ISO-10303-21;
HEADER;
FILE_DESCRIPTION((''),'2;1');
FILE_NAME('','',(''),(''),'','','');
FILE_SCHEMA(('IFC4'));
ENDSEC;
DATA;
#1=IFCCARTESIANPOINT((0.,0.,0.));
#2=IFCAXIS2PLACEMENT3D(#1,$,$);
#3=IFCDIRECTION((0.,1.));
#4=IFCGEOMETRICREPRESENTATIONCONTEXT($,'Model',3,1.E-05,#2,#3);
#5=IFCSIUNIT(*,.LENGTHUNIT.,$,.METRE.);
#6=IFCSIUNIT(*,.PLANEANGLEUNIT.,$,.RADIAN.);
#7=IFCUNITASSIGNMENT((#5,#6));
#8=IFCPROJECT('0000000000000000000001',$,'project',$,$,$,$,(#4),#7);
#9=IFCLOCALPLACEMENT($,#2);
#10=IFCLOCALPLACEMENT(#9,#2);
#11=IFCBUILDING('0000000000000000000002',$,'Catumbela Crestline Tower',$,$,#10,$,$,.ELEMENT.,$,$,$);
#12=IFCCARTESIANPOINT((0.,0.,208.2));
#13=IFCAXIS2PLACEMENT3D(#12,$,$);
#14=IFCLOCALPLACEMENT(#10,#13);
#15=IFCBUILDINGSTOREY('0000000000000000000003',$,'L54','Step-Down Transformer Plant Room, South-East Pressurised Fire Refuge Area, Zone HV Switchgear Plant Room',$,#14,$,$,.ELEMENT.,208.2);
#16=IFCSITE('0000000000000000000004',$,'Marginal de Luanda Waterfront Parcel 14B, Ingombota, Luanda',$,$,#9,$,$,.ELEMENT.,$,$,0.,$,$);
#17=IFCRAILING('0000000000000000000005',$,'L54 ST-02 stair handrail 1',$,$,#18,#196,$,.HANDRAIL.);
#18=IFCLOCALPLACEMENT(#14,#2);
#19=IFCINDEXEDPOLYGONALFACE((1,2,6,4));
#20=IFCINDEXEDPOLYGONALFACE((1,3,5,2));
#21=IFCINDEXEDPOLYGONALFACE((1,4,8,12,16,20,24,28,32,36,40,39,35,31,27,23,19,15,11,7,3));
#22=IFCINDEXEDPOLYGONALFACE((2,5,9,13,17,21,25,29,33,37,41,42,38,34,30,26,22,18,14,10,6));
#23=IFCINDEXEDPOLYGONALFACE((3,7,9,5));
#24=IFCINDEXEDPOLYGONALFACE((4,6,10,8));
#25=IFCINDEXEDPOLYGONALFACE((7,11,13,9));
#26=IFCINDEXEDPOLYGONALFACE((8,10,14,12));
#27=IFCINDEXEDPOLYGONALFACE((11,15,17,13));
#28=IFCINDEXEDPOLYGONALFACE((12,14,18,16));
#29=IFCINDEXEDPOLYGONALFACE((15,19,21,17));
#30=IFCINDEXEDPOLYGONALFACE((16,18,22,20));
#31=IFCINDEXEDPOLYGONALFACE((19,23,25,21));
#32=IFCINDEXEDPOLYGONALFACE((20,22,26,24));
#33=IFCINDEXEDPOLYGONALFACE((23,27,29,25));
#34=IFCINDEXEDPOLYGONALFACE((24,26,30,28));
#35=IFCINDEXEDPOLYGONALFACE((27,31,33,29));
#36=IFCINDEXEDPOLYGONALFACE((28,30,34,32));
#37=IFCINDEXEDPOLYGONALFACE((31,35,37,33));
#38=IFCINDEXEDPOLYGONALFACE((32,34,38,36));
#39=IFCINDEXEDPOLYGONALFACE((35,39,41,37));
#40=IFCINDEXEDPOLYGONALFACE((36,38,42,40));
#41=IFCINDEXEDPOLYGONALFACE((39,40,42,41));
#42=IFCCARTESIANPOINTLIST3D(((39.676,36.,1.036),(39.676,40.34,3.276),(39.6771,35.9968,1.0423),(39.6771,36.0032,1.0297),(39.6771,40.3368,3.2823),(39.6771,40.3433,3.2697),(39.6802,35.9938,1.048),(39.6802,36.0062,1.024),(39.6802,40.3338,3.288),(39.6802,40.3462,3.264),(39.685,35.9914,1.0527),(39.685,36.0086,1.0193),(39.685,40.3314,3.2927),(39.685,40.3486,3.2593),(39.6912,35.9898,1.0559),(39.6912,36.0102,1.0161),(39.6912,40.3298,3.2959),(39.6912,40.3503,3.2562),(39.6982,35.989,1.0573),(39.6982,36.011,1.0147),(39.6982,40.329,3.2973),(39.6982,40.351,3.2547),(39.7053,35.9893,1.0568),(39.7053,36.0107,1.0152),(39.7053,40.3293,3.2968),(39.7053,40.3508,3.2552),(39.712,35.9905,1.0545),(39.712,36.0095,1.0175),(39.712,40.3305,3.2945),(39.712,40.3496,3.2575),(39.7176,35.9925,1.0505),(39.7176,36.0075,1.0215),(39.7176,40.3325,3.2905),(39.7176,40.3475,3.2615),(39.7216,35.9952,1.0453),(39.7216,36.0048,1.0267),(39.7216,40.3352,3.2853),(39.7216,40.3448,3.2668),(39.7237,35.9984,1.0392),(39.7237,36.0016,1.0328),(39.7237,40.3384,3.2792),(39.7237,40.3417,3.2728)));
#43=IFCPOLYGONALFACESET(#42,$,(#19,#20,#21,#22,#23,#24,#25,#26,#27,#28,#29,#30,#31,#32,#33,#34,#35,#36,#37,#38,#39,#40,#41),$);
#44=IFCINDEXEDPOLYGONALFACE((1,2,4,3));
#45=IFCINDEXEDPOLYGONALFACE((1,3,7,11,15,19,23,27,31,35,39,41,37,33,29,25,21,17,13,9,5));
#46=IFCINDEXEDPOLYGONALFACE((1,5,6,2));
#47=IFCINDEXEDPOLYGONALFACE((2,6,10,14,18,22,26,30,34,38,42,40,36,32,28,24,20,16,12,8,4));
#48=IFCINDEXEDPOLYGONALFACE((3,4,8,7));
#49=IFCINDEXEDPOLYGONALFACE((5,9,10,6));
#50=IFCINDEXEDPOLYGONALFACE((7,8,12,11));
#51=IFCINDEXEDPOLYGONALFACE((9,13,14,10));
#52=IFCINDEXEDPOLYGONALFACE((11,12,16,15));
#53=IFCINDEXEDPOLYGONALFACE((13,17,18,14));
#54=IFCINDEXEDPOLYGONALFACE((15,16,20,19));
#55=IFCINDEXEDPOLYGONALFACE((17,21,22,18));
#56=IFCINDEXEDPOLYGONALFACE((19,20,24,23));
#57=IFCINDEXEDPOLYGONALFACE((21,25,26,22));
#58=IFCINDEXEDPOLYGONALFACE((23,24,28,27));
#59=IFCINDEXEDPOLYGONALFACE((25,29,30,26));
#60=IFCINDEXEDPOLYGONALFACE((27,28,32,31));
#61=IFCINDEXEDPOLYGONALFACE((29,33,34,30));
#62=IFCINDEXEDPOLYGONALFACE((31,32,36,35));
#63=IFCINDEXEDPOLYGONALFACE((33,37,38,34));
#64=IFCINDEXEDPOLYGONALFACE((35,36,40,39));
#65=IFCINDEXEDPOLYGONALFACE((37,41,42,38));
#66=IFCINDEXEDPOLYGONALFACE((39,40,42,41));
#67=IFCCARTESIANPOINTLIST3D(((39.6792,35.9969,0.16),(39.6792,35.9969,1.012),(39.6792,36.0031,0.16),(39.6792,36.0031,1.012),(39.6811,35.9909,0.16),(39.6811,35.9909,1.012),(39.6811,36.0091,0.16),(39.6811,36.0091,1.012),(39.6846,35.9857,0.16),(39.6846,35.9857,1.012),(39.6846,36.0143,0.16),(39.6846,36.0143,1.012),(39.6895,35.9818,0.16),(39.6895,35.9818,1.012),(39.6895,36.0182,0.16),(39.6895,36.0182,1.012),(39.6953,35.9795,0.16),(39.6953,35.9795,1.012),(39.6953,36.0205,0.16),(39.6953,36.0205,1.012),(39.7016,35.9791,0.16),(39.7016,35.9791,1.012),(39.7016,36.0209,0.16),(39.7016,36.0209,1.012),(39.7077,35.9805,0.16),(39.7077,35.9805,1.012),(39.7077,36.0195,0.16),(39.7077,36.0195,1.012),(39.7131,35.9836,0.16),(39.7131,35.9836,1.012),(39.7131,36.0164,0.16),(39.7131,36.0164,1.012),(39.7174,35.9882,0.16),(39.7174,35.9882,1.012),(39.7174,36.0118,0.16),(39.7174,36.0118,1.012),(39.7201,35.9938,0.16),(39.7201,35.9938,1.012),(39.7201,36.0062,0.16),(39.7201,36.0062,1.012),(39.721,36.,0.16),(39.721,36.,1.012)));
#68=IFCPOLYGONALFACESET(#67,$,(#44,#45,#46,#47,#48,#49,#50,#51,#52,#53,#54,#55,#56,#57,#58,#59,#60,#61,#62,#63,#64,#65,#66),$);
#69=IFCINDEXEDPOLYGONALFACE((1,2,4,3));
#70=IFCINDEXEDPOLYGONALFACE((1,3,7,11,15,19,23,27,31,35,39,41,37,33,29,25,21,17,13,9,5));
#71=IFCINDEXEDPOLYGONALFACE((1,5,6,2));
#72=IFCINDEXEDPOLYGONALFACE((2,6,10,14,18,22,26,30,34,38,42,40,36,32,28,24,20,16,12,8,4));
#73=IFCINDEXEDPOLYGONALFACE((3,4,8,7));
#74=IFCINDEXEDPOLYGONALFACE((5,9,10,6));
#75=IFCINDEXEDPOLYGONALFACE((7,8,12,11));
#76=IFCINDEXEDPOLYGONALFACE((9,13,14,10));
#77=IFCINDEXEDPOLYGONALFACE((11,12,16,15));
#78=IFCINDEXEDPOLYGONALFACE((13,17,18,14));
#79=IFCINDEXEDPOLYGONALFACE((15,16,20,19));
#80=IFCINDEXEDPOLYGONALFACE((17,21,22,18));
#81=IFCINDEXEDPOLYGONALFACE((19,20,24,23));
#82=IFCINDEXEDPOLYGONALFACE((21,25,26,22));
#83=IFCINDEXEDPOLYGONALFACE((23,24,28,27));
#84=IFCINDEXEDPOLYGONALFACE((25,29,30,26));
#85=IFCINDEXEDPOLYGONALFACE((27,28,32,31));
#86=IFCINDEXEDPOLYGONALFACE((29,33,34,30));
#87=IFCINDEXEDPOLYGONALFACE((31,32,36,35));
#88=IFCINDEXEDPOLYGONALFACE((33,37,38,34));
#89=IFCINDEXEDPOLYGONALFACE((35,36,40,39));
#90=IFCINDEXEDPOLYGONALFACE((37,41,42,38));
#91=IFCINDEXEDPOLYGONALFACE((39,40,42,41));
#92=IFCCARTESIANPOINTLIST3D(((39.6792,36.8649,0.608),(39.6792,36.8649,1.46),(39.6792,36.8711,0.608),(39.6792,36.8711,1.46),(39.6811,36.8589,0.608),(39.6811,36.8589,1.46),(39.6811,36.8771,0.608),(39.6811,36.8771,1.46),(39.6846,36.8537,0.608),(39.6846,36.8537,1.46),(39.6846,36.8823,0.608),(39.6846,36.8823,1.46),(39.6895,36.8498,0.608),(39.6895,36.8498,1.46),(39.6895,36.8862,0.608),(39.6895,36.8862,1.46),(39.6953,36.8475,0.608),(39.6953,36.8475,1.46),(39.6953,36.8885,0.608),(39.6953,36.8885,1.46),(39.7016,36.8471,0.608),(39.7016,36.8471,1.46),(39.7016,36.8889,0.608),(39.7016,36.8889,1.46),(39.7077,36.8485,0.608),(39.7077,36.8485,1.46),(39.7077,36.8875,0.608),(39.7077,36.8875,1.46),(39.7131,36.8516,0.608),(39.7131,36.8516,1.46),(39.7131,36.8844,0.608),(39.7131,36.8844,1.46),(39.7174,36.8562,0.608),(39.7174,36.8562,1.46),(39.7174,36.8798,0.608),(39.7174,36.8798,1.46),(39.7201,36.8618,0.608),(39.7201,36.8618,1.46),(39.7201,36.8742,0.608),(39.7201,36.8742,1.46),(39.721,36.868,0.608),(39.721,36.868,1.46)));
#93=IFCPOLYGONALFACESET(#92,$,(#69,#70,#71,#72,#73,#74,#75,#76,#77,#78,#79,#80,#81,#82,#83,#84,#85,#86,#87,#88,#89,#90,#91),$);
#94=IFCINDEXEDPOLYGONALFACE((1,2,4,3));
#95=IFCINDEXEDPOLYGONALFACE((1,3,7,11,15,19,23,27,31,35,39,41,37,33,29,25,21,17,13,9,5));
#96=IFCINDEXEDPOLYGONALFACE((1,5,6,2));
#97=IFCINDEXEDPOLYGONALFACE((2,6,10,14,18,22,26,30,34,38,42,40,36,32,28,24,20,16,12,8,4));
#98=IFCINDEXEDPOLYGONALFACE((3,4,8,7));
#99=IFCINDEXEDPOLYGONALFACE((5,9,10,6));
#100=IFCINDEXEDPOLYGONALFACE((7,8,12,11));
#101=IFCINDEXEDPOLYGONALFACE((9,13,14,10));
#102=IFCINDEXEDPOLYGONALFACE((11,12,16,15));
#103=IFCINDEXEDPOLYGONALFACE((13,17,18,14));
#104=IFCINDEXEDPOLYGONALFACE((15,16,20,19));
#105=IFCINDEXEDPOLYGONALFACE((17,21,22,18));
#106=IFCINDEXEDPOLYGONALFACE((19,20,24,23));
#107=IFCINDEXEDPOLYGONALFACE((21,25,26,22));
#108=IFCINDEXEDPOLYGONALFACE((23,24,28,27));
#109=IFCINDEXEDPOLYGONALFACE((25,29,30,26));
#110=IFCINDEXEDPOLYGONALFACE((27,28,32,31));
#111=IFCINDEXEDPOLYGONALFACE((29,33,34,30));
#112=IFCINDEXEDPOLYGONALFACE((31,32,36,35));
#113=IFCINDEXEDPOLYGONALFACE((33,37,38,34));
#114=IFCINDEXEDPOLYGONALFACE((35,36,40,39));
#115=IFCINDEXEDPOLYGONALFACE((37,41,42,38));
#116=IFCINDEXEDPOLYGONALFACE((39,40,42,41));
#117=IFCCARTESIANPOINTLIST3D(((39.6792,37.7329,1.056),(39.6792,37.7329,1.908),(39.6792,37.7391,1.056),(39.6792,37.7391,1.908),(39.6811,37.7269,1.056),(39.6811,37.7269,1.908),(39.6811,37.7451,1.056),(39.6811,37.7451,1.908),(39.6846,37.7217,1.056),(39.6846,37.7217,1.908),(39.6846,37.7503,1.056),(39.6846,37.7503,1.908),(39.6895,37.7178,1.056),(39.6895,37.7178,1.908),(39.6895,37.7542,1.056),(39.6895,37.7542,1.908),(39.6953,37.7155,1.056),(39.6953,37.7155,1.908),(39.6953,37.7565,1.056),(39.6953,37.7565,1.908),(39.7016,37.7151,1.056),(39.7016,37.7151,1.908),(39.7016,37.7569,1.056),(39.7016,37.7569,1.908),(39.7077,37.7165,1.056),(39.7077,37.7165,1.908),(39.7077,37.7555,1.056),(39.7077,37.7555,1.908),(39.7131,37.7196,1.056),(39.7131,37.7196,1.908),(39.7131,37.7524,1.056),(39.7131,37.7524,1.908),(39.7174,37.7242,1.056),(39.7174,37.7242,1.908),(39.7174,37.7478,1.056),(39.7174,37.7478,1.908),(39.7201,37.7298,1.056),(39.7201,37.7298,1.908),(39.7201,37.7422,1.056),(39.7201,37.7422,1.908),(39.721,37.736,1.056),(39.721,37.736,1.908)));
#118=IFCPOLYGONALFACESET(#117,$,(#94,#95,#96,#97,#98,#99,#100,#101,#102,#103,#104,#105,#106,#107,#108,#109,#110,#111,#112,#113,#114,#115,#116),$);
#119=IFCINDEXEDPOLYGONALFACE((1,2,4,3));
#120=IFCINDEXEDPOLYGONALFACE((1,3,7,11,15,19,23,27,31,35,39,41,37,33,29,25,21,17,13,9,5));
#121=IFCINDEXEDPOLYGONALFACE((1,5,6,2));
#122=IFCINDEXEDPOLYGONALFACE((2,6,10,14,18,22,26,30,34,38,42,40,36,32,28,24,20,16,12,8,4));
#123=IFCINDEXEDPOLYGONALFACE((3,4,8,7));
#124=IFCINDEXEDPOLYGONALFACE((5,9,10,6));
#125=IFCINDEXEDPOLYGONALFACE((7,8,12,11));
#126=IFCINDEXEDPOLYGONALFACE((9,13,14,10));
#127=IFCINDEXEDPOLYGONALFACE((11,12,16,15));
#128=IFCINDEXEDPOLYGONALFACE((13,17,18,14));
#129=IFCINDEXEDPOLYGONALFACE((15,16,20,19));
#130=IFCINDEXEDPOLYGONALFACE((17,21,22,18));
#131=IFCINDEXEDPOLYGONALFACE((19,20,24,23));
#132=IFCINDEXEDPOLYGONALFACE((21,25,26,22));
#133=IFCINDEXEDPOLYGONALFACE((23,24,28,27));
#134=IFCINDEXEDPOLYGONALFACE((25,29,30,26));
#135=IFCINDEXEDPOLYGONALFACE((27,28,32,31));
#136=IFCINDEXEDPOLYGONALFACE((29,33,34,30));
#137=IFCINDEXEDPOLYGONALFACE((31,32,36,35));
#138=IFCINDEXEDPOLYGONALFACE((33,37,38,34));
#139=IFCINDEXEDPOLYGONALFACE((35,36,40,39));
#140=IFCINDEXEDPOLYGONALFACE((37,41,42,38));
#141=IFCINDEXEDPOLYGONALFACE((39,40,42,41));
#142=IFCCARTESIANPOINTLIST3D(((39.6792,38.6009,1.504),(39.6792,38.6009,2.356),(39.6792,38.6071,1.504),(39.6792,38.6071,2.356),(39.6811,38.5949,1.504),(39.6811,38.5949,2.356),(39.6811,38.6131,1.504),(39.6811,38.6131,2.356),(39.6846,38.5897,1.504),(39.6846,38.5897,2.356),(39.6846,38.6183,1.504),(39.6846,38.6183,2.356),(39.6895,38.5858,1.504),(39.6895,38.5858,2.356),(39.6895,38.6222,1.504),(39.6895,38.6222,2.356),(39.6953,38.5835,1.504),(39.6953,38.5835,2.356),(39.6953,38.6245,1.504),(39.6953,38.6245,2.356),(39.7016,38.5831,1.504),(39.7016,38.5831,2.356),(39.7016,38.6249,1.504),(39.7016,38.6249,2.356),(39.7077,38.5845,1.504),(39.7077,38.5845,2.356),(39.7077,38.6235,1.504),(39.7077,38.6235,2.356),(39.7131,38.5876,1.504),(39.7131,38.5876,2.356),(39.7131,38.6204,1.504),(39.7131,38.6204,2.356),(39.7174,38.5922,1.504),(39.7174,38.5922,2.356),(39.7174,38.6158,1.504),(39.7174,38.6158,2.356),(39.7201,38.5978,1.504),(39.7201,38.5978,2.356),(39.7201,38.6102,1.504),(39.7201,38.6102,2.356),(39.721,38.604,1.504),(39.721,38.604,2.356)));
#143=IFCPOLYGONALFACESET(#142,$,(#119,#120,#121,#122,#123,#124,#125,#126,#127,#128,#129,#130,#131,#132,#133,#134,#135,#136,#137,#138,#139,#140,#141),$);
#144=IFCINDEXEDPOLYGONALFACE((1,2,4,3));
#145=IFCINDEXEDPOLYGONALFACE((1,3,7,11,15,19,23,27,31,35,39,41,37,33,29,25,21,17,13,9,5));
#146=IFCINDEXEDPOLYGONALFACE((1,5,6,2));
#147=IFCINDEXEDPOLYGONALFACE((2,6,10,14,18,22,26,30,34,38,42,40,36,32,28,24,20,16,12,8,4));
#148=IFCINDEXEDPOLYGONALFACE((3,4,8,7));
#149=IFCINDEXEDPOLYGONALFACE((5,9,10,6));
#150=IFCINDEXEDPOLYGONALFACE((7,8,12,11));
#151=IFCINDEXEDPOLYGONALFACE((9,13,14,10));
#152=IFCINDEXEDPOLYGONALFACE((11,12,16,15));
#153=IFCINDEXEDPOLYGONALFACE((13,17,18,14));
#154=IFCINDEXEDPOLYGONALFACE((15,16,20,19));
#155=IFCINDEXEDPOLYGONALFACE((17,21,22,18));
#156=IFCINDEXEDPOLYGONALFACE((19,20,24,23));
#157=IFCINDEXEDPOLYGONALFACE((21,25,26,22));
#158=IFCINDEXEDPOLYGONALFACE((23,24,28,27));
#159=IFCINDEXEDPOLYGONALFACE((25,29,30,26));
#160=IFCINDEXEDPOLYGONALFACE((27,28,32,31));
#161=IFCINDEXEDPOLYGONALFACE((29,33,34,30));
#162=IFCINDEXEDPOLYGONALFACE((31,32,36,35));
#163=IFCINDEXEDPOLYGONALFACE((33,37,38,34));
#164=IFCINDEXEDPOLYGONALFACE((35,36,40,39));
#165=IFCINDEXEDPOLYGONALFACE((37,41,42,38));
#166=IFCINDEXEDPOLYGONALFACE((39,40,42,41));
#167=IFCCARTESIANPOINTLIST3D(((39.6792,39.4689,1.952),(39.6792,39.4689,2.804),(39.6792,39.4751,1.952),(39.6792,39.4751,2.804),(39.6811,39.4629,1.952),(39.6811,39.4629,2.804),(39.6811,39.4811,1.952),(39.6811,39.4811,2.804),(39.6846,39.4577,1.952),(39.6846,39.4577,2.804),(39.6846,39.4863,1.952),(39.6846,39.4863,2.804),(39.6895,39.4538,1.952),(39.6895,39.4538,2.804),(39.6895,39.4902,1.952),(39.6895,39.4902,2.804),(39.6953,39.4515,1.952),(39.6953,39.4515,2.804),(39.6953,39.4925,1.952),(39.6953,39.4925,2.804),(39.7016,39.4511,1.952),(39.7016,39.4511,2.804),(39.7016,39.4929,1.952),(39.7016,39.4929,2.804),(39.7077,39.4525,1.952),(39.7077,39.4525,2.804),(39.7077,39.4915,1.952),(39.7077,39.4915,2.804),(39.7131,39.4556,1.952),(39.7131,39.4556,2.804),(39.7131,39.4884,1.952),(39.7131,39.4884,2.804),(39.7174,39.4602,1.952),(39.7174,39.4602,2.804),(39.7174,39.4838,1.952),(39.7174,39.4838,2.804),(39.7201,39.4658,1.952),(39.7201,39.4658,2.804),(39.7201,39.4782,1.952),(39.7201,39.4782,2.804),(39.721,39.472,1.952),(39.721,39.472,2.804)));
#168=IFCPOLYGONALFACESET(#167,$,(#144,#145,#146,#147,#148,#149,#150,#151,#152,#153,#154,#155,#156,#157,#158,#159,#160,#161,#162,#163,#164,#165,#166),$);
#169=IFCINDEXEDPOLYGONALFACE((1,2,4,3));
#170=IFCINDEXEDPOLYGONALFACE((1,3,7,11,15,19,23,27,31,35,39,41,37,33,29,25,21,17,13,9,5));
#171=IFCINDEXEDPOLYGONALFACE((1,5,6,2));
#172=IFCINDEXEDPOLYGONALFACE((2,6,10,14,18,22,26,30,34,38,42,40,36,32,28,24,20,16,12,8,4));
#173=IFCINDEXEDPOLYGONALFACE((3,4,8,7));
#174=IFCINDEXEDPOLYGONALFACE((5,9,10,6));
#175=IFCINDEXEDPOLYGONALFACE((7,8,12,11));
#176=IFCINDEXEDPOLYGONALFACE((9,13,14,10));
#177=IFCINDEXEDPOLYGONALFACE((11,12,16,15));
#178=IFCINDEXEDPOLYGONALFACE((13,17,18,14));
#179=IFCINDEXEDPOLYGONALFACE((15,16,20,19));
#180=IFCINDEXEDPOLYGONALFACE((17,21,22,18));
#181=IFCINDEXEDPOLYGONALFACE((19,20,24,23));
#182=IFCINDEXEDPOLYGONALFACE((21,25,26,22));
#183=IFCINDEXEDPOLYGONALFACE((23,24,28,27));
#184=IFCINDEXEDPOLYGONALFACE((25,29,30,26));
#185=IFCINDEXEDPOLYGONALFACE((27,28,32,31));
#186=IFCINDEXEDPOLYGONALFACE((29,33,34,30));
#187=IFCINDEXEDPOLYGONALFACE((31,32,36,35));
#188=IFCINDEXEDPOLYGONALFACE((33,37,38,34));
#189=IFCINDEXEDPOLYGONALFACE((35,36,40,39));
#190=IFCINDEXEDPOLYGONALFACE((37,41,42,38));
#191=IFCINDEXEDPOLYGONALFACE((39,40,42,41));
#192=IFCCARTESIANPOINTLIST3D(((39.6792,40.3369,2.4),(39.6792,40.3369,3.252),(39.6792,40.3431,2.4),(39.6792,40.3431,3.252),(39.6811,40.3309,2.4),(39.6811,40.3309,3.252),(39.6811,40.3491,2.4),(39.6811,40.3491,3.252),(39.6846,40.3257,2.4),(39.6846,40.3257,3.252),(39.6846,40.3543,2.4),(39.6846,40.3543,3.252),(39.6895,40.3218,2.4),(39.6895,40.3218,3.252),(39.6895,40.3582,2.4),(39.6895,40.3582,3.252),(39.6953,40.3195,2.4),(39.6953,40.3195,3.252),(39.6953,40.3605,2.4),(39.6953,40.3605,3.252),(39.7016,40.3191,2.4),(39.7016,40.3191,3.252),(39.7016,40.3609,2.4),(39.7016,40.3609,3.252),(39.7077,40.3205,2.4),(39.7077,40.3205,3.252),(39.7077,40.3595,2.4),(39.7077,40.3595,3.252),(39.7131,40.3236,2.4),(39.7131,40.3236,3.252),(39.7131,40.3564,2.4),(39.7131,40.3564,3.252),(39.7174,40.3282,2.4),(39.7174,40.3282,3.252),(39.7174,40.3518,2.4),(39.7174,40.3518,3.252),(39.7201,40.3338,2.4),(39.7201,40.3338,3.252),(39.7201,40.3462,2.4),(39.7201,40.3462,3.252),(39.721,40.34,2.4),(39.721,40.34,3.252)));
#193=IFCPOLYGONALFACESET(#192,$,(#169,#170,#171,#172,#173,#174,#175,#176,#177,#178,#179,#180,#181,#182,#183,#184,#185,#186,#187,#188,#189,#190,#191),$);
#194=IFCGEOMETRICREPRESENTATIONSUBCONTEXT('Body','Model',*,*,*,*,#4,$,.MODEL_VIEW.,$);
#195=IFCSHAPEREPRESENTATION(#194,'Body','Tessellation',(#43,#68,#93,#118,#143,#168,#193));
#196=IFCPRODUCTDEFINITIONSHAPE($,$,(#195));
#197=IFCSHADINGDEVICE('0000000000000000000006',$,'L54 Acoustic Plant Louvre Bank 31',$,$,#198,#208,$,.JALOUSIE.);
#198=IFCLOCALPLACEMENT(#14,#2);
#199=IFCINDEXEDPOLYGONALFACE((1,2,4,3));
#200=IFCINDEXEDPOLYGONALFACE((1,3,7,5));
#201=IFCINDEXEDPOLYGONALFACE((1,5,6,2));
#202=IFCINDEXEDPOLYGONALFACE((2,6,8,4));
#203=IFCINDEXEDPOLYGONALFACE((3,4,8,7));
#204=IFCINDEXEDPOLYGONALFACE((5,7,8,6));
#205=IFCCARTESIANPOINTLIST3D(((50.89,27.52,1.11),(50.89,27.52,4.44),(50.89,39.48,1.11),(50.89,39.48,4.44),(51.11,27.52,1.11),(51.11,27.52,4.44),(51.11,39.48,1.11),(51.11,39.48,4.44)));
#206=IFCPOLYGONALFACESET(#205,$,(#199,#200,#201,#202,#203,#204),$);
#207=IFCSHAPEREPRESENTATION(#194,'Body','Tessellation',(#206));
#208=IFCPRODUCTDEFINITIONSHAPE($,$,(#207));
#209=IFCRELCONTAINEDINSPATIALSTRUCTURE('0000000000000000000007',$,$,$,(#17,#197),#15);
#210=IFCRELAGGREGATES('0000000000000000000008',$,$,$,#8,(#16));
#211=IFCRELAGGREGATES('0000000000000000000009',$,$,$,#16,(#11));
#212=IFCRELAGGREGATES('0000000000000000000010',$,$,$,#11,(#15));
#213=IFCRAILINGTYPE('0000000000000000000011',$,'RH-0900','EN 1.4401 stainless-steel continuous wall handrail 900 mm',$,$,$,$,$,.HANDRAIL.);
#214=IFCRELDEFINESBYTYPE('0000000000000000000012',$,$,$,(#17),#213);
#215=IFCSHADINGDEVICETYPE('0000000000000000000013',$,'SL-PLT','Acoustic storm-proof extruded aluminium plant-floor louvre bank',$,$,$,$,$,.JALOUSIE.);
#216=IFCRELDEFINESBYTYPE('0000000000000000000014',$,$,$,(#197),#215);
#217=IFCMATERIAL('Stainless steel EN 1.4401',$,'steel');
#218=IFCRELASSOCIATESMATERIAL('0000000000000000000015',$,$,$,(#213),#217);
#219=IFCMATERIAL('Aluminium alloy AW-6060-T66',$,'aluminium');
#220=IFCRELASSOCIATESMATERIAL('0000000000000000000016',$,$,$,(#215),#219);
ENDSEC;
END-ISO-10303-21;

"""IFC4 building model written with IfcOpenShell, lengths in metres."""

from ifc_helpers import new_model, si_unit, direction, frame, origin, origin_2d, place, context, subcontext, project, spatial, rectangle, circle, extrude, material, type_object, element, save


model = new_model("IFC4")

# Units and contexts
model_context = context("Model", 3, precision=1e-05, world=origin(), true_north=direction((0.0, 1.0)))
body_context = subcontext(model_context, "Body", "Model", "MODEL_VIEW")
ifc_project = project(units=[si_unit("LENGTHUNIT", "METRE"), si_unit("PLANEANGLEUNIT", "RADIAN")], contexts=[model_context])

# Site, building, storey
site_placement = place(None, origin())
site = spatial("IfcSite", under=ifc_project, at=site_placement, Name="Marginal de Luanda Waterfront Parcel 14B, Ingombota, Luanda", CompositionType="ELEMENT", RefElevation=0.0)
building_placement = place(site_placement, origin())
building = spatial("IfcBuilding", under=site, at=building_placement, Name="Catumbela Crestline Tower", CompositionType="ELEMENT")
storey_placement = place(building_placement, frame((0.0, 0.0, 208.2)))
storey = spatial("IfcBuildingStorey", under=building, at=storey_placement, Name="L54", Description="Step-Down Transformer Plant Room, South-East Pressurised Fire Refuge Area, Zone HV Switchgear Plant Room", CompositionType="ELEMENT", Elevation=208.2)

# Railing
ifc_material_1 = material(Name="Stainless steel EN 1.4401", Category="steel")
railing_type_1 = type_object("IfcRailingType", Name="RH-0900", Description="EN 1.4401 stainless-steel continuous wall handrail 900 mm", PredefinedType="HANDRAIL", material=ifc_material_1)
railing_1_placement = place(storey_placement, frame((39.7, 36.0, 0.16)))
element("IfcRailing", 1, at=railing_1_placement, inside=storey, type_object=railing_type_1, Name="L54 ST-02 stair handrail 1", PredefinedType="HANDRAIL", context=body_context, shape_type="SweptSolid", body=[
    extrude(circle(Radius=0.024, at=origin_2d()), frame((0.0, 0.0, 0.876), z_axis=(0.0, 0.888621, 0.458643), x_axis=(-1.0, 0.0, 0.0)), (0.0, 0.0, 1.0), 4.884),
    extrude(circle(Radius=0.021, at=origin_2d()), origin(), (0.0, 0.0, 1.0), 0.852),
    extrude(circle(Radius=0.021, at=origin_2d()), frame((0.0, 0.868, 0.448)), (0.0, 0.0, 1.0), 0.852),
    extrude(circle(Radius=0.021, at=origin_2d()), frame((0.0, 1.736, 0.896)), (0.0, 0.0, 1.0), 0.852),
    extrude(circle(Radius=0.021, at=origin_2d()), frame((0.0, 2.604, 1.344)), (0.0, 0.0, 1.0), 0.852),
    extrude(circle(Radius=0.021, at=origin_2d()), frame((0.0, 3.472, 1.792)), (0.0, 0.0, 1.0), 0.852),
    extrude(circle(Radius=0.021, at=origin_2d()), frame((0.0, 4.34, 2.24)), (0.0, 0.0, 1.0), 0.852),
])

# Shading device
ifc_material_2 = material(Name="Aluminium alloy AW-6060-T66", Category="aluminium")
shading_device_type = type_object("IfcShadingDeviceType", Name="SL-PLT", Description="Acoustic storm-proof extruded aluminium plant-floor louvre bank", PredefinedType="JALOUSIE", material=ifc_material_2)
shading_device_1_placement = place(storey_placement, frame((51.0, 33.5, 1.11), z_axis=(0.0, 0.0, 1.0), x_axis=(0.0, 1.0, 0.0)))
element("IfcShadingDevice", 2, at=shading_device_1_placement, inside=storey, type_object=shading_device_type, Name="L54 Acoustic Plant Louvre Bank 31", PredefinedType="JALOUSIE", context=body_context, shape_type="SweptSolid", body=[
    extrude(rectangle(XDim=11.96, YDim=0.22, at=origin_2d()), origin(), (0.0, 0.0, 1.0), 3.33),
])

save(model, "model.ifc")
